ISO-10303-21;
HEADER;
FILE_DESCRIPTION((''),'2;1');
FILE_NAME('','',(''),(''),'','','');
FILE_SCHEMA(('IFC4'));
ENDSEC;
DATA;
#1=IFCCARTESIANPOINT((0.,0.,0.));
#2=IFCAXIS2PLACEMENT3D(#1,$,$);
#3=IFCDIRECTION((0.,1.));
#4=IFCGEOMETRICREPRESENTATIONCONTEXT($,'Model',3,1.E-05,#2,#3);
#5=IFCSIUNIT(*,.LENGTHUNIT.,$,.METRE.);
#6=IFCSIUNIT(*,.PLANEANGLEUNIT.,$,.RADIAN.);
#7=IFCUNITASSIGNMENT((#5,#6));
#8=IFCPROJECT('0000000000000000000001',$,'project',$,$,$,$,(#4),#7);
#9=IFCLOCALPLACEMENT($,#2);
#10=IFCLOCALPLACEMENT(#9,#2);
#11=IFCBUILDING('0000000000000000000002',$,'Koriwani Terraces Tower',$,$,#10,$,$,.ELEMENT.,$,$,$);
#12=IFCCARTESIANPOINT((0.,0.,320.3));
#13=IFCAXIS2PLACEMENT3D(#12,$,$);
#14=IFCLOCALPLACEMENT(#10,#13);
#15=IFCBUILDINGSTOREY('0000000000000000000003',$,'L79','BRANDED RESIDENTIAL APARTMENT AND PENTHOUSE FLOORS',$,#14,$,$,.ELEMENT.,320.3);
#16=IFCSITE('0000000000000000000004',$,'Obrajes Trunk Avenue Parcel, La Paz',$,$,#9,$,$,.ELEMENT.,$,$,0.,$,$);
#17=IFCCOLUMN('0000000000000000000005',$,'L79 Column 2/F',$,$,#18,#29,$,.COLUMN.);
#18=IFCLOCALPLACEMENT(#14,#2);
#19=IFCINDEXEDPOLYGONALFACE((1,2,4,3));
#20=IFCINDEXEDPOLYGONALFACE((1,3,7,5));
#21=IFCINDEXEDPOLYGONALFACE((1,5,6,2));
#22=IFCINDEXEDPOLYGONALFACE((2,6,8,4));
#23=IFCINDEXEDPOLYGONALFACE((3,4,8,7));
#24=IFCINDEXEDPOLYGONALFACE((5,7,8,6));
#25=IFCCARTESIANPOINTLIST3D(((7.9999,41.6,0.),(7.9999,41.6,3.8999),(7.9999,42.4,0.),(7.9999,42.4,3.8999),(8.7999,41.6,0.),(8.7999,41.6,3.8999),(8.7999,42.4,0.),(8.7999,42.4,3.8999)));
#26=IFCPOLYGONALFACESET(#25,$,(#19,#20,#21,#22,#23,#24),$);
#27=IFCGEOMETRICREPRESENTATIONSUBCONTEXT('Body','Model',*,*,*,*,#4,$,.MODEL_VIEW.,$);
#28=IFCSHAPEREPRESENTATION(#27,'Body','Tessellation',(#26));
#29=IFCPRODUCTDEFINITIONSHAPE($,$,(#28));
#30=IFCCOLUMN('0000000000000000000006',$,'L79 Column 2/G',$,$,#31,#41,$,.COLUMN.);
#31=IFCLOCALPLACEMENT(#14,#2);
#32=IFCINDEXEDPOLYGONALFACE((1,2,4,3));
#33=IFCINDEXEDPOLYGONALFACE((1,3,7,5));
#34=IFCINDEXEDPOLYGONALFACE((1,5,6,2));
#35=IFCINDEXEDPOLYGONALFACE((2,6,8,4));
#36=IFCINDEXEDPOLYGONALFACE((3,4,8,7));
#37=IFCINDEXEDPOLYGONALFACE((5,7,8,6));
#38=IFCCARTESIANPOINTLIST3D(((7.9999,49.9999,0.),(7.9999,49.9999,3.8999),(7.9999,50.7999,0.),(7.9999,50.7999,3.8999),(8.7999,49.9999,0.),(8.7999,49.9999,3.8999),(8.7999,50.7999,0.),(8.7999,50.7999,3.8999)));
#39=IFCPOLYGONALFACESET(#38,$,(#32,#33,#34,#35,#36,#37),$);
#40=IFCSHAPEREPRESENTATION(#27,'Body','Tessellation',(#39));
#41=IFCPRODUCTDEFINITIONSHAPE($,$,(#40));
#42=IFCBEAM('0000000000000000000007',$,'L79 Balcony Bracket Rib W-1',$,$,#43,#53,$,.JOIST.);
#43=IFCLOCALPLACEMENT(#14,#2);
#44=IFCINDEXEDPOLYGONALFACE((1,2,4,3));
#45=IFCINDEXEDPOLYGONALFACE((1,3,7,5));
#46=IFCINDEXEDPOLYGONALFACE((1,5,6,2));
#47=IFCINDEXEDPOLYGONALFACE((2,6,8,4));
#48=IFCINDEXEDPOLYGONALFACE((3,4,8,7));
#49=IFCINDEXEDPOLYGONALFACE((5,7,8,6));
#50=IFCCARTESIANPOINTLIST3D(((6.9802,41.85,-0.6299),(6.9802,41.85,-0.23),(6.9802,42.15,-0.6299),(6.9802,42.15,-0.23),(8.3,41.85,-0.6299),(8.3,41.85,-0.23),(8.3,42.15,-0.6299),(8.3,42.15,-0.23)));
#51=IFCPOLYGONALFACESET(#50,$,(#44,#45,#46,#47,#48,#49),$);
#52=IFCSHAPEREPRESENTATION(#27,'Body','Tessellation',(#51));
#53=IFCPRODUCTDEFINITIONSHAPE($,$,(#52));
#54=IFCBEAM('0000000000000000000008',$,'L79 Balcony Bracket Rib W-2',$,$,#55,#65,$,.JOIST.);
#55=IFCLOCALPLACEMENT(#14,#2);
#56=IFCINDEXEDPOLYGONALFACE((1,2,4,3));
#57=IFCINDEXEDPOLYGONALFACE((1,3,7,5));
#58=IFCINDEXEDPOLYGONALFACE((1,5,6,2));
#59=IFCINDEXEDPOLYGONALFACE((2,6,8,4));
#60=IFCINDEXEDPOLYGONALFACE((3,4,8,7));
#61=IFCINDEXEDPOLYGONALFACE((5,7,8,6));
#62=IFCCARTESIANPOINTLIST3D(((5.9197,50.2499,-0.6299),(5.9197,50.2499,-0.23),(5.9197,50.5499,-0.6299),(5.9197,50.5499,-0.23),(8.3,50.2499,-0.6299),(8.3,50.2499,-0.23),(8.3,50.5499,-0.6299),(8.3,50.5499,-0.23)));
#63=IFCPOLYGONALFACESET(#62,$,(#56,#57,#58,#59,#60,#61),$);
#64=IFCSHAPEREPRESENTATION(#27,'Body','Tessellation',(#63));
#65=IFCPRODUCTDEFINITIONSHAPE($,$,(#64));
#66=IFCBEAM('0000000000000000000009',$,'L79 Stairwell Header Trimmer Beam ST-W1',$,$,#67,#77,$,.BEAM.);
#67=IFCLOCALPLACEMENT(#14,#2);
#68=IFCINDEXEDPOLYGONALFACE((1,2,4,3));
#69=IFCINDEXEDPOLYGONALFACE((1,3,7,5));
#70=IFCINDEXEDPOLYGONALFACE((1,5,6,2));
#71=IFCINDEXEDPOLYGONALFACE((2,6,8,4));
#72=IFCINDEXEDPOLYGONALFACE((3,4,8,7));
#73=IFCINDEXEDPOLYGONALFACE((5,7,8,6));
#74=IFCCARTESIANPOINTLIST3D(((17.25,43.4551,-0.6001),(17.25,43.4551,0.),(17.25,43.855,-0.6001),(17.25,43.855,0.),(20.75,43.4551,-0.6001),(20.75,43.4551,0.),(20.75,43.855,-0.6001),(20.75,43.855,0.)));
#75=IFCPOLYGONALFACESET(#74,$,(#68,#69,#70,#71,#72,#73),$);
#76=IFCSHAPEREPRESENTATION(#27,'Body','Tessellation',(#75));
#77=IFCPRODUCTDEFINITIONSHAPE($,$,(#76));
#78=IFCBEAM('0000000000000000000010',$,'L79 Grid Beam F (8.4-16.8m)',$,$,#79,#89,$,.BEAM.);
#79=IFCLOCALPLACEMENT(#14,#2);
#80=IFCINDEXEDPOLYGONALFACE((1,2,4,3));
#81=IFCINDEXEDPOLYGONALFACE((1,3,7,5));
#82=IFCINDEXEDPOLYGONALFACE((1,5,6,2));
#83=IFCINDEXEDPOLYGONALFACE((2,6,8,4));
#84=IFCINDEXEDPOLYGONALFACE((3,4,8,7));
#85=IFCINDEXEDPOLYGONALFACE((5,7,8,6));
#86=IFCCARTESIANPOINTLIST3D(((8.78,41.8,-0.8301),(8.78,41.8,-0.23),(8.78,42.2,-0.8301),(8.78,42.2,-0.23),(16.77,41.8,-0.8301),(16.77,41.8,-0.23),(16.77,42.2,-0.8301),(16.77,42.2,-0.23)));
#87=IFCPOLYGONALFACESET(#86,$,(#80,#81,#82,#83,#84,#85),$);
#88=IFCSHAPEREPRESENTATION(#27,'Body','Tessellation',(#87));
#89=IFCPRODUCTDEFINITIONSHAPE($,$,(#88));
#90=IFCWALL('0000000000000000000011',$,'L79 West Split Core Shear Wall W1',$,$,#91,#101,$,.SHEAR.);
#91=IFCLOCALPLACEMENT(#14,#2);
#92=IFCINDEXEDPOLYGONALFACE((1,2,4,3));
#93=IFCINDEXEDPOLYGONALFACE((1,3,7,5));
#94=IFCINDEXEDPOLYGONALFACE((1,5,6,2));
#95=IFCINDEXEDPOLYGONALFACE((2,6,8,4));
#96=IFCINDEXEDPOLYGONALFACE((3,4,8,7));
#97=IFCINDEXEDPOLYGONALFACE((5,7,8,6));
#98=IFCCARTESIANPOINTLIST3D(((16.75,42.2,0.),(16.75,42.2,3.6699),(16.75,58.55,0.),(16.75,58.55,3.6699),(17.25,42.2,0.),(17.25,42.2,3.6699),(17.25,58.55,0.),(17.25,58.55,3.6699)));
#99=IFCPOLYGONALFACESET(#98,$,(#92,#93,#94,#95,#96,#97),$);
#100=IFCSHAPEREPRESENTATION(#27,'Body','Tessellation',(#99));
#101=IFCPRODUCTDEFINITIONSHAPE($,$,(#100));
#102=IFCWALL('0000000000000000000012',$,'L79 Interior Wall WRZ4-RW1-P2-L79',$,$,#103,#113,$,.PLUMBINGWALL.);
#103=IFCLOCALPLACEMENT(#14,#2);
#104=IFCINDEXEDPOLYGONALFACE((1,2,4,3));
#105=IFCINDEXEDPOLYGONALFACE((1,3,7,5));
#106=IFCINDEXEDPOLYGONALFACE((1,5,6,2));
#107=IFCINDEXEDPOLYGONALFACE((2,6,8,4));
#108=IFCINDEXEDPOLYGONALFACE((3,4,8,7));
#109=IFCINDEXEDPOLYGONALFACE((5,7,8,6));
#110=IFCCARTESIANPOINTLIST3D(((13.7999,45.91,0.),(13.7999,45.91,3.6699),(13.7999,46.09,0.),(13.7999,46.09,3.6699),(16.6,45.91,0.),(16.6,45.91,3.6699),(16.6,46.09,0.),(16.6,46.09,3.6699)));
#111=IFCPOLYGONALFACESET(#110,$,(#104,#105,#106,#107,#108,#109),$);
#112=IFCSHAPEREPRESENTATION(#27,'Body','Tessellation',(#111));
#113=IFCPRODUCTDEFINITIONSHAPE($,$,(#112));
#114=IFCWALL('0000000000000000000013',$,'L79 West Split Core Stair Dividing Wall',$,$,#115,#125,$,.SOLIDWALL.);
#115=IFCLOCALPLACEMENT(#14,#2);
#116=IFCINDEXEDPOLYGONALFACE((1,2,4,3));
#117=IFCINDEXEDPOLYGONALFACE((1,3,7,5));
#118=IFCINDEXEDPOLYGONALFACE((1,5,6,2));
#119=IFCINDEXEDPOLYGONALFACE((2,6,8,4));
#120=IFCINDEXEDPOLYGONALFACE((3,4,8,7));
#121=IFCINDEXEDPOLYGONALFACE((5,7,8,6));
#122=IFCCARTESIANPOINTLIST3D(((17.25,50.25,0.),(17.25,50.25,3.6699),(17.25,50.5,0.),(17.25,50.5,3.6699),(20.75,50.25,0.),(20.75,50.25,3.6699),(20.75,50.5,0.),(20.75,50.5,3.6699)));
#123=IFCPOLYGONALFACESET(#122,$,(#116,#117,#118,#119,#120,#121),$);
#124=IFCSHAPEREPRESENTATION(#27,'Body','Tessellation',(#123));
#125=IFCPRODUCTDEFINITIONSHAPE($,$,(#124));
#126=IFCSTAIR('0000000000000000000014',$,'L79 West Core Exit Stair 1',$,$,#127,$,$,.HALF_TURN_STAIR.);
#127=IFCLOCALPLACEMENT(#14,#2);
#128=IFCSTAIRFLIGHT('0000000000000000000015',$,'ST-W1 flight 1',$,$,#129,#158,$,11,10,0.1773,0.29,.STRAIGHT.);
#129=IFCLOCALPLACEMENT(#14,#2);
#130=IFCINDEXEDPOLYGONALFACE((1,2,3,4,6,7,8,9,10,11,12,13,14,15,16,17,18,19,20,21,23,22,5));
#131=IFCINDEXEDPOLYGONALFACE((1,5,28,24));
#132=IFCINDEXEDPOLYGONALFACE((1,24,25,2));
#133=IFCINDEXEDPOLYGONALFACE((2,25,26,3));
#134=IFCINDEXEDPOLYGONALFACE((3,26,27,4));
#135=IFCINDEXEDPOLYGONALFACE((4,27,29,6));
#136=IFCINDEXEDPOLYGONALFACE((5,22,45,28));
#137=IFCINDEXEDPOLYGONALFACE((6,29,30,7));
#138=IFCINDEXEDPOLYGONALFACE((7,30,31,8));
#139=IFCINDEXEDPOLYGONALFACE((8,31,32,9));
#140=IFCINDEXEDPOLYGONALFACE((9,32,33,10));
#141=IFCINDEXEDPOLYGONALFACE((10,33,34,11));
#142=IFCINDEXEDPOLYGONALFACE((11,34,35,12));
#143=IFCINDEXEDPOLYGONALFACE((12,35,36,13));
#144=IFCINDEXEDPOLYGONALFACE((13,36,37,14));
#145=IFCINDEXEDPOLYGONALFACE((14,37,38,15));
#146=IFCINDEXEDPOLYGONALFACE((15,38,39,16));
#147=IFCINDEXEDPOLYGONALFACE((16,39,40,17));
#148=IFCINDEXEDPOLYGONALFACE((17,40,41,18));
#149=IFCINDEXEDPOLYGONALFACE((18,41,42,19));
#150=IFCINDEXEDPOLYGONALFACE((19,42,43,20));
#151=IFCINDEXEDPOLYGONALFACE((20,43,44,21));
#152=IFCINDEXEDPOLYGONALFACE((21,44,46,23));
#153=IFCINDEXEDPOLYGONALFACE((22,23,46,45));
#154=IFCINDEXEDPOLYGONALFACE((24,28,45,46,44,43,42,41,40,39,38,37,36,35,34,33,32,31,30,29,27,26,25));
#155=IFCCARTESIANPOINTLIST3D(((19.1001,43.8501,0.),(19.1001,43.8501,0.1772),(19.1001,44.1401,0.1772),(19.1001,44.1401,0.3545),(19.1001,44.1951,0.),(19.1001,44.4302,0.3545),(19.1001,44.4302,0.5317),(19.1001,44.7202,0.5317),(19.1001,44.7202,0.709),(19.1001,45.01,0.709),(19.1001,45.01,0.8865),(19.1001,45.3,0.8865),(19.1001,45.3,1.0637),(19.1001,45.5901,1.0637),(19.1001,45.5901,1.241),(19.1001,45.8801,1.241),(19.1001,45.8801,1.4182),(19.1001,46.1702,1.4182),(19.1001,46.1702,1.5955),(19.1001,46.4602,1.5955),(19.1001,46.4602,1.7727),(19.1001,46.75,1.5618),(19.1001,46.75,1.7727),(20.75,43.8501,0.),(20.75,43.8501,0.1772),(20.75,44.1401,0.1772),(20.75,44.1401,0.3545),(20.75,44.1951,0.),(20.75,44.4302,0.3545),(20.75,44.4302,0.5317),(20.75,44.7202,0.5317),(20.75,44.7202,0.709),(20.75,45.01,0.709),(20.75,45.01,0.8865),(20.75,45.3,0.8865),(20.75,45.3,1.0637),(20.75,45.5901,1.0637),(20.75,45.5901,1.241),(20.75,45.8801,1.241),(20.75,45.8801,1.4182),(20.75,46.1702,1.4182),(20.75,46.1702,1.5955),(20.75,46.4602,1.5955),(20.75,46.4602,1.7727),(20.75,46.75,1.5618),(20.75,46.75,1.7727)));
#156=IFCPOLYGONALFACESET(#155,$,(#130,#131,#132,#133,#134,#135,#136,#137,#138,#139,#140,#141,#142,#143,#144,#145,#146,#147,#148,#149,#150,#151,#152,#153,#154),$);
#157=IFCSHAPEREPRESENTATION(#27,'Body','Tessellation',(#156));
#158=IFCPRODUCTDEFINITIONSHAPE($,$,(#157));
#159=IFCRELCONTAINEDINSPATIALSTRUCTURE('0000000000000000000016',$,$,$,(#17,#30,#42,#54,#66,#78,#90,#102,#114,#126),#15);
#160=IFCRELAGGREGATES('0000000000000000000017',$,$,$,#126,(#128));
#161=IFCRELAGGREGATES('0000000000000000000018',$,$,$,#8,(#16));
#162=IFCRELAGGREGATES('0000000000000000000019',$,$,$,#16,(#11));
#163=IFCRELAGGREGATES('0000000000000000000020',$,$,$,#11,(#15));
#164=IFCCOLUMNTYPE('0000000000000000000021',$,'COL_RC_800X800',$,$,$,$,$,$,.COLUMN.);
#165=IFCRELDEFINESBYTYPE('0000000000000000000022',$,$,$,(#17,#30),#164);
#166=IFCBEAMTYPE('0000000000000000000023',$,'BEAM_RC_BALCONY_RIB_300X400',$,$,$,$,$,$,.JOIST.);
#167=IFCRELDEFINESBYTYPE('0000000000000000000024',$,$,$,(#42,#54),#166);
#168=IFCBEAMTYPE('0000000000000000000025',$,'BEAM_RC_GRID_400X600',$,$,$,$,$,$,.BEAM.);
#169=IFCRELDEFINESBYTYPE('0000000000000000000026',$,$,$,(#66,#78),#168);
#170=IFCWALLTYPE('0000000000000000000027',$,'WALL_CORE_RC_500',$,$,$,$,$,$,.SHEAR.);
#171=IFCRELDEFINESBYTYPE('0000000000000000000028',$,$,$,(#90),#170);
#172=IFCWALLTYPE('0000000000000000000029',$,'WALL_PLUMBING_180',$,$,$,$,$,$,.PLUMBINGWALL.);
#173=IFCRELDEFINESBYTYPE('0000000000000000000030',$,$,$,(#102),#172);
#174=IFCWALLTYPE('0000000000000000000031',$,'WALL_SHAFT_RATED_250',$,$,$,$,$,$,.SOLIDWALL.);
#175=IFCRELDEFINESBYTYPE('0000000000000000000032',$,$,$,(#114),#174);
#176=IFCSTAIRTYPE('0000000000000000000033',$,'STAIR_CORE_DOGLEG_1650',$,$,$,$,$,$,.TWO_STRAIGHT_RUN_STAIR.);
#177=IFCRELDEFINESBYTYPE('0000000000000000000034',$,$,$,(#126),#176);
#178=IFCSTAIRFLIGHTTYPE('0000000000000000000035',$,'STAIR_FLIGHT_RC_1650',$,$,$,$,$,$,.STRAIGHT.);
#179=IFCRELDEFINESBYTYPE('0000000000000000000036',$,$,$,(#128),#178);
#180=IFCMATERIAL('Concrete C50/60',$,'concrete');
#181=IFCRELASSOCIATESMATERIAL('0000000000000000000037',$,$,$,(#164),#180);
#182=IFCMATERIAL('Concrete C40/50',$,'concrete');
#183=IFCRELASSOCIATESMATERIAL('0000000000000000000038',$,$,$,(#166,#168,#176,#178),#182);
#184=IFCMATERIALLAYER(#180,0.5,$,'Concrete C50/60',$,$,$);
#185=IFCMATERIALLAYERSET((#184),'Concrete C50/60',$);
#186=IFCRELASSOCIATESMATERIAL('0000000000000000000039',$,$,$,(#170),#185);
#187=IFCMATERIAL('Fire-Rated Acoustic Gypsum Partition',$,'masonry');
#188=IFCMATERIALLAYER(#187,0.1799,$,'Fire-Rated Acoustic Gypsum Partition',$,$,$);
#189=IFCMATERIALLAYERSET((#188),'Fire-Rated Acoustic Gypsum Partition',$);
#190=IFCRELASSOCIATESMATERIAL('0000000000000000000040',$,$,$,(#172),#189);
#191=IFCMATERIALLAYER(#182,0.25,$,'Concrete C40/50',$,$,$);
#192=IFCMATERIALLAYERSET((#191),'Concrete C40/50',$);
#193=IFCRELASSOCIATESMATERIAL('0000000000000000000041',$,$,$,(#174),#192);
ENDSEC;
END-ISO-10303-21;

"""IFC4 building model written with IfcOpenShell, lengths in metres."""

from ifc_helpers import new_model, si_unit, direction, frame, frame_2d, origin, origin_2d, place, context, subcontext, project, spatial, polyline, rectangle, outline, extrude, material, layer, layer_set, material_profile, profile_set, type_object, element, aggregate, save


model = new_model("IFC4")

# Units and contexts
model_context = context("Model", 3, precision=1e-05, world=origin(), true_north=direction((0.0, 1.0)))
body_context = subcontext(model_context, "Body", "Model", "MODEL_VIEW")
ifc_project = project(units=[si_unit("LENGTHUNIT", "METRE"), si_unit("PLANEANGLEUNIT", "RADIAN")], contexts=[model_context])

# Site, building, storey
site_placement = place(None, origin())
site = spatial("IfcSite", under=ifc_project, at=site_placement, Name="Obrajes Trunk Avenue Parcel, La Paz", CompositionType="ELEMENT", RefElevation=0.0)
building_placement = place(site_placement, origin())
building = spatial("IfcBuilding", under=site, at=building_placement, Name="Koriwani Terraces Tower", CompositionType="ELEMENT")
storey_placement = place(building_placement, frame((0.0, 0.0, 320.3)))
storey = spatial("IfcBuildingStorey", under=building, at=storey_placement, Name="L79", Description="BRANDED RESIDENTIAL APARTMENT AND PENTHOUSE FLOORS", CompositionType="ELEMENT", Elevation=320.3)

# Columns
ifc_material_1 = material(Name="Concrete C50/60", Category="concrete")
ifc_material_profile_1 = material_profile(ifc_material_1, rectangle(XDim=0.8, YDim=0.8, at=origin_2d()), Name="Concrete C50/60", Category="LoadBearing")
ifc_profile_set_1 = profile_set([ifc_material_profile_1], Name="Concrete C50/60")
column_type = type_object("IfcColumnType", Name="COL_RC_800X800", PredefinedType="COLUMN", material=ifc_profile_set_1)
for number, where, z_axis, x_axis, name in (
    (1, (8.3999, 42.0, 0.0), (0.0, 0.0, 1.0), (1.0, 0.0, 0.0), "L79 Column 2/F"),
    (2, (8.3999, 50.3999, 0.0), (0.0, 0.0, 1.0), (1.0, 0.0, 0.0), "L79 Column 2/G"),
):
    element("IfcColumn", number, at=place(storey_placement, frame(where, z_axis=z_axis, x_axis=x_axis)), inside=storey, type_object=column_type, Name=name, PredefinedType="COLUMN", context=body_context, shape_type="SweptSolid", body=[
        extrude(rectangle(XDim=0.8, YDim=0.8, at=origin_2d()), origin(), (0.0, 0.0, 1.0), 3.8999),
    ])

# Beams
ifc_material_2 = material(Name="Concrete C40/50", Category="concrete")
ifc_material_profile_2 = material_profile(ifc_material_2, rectangle(XDim=0.3, YDim=0.3999, at=origin_2d()), Name="Concrete C40/50", Category="LoadBearing")
ifc_profile_set_2 = profile_set([ifc_material_profile_2], Name="Concrete C40/50")
beam_type_1 = type_object("IfcBeamType", Name="BEAM_RC_BALCONY_RIB_300X400", PredefinedType="JOIST", material=ifc_profile_set_2)
beam_1_placement = place(storey_placement, frame((6.9802, 42.0, -0.4299), z_axis=(1.0, 0.0, 0.0), x_axis=(0.0, 1.0, 0.0)))
element("IfcBeam", 3, at=beam_1_placement, inside=storey, type_object=beam_type_1, Name="L79 Balcony Bracket Rib W-1", PredefinedType="JOIST", context=body_context, shape_type="SweptSolid", body=[
    extrude(rectangle(XDim=0.3, YDim=0.3999, at=origin_2d()), origin(), (0.0, 0.0, 1.0), 1.3198),
])
beam_2_placement = place(storey_placement, frame((5.9197, 50.3999, -0.4299), z_axis=(1.0, 0.0, 0.0), x_axis=(0.0, 1.0, 0.0)))
element("IfcBeam", 4, at=beam_2_placement, inside=storey, type_object=beam_type_1, Name="L79 Balcony Bracket Rib W-2", PredefinedType="JOIST", context=body_context, shape_type="SweptSolid", body=[
    extrude(rectangle(XDim=0.3, YDim=0.3999, at=origin_2d()), origin(), (0.0, 0.0, 1.0), 2.3804),
])
ifc_material_profile_3 = material_profile(ifc_material_2, rectangle(XDim=0.3999, YDim=0.6001, at=origin_2d()), Name="Concrete C40/50", Category="LoadBearing")
ifc_profile_set_3 = profile_set([ifc_material_profile_3], Name="Concrete C40/50")
beam_type_2 = type_object("IfcBeamType", Name="BEAM_RC_GRID_400X600", PredefinedType="BEAM", material=ifc_profile_set_3)
beam_3_placement = place(storey_placement, frame((17.25, 43.655, -0.3), z_axis=(1.0, 0.0, 0.0), x_axis=(0.0, 1.0, 0.0)))
element("IfcBeam", 5, at=beam_3_placement, inside=storey, type_object=beam_type_2, Name="L79 Stairwell Header Trimmer Beam ST-W1", PredefinedType="BEAM", context=body_context, shape_type="SweptSolid", body=[
    extrude(rectangle(XDim=0.3999, YDim=0.6001, at=origin_2d()), origin(), (0.0, 0.0, 1.0), 3.5),
])
beam_4_placement = place(storey_placement, frame((8.78, 42.0, -0.53), z_axis=(1.0, 0.0, 0.0), x_axis=(0.0, 1.0, 0.0)))
element("IfcBeam", 6, at=beam_4_placement, inside=storey, type_object=beam_type_2, Name="L79 Grid Beam F (8.4-16.8m)", PredefinedType="BEAM", context=body_context, shape_type="SweptSolid", body=[
    extrude(rectangle(XDim=0.3999, YDim=0.6001, at=origin_2d()), origin(), (0.0, 0.0, 1.0), 7.99),
])

# Walls
ifc_layer_1 = layer(ifc_material_1, 0.5, Name="Concrete C50/60")
ifc_layer_set_1 = layer_set([ifc_layer_1], Name="Concrete C50/60")
wall_type_1 = type_object("IfcWallType", Name="WALL_CORE_RC_500", PredefinedType="SHEAR", material=ifc_layer_set_1)
wall_1_placement = place(storey_placement, frame((17.0, 42.2, 0.0), z_axis=(0.0, 0.0, 1.0), x_axis=(0.0, 1.0, 0.0)))
element("IfcWall", 7, at=wall_1_placement, inside=storey, type_object=wall_type_1, Name="L79 West Split Core Shear Wall W1", PredefinedType="SHEAR", context=body_context, shape_type="SweptSolid", body=[
    extrude(rectangle(XDim=16.3501, YDim=0.5, at=frame_2d((8.175, 0.0))), origin(), (0.0, 0.0, 1.0), 3.6699),
])
ifc_material_3 = material(Name="Fire-Rated Acoustic Gypsum Partition", Category="masonry")
ifc_layer_2 = layer(ifc_material_3, 0.1799, Name="Fire-Rated Acoustic Gypsum Partition")
ifc_layer_set_2 = layer_set([ifc_layer_2], Name="Fire-Rated Acoustic Gypsum Partition")
wall_type_2 = type_object("IfcWallType", Name="WALL_PLUMBING_180", PredefinedType="PLUMBINGWALL", material=ifc_layer_set_2)
wall_2_placement = place(storey_placement, frame((13.8, 46.0, 0.0), z_axis=(0.0, 0.0, 1.0), x_axis=(1.0, 0.0, 0.0)))
element("IfcWall", 8, at=wall_2_placement, inside=storey, type_object=wall_type_2, Name="L79 Interior Wall WRZ4-RW1-P2-L79", PredefinedType="PLUMBINGWALL", context=body_context, shape_type="SweptSolid", body=[
    extrude(rectangle(XDim=2.8, YDim=0.1799, at=frame_2d((1.3999, 0.0))), origin(), (0.0, 0.0, 1.0), 3.6699),
])
ifc_layer_3 = layer(ifc_material_2, 0.25, Name="Concrete C40/50")
ifc_layer_set_3 = layer_set([ifc_layer_3], Name="Concrete C40/50")
wall_type_3 = type_object("IfcWallType", Name="WALL_SHAFT_RATED_250", PredefinedType="SOLIDWALL", material=ifc_layer_set_3)
wall_3_placement = place(storey_placement, frame((17.25, 50.375, 0.0), z_axis=(0.0, 0.0, 1.0), x_axis=(1.0, 0.0, 0.0)))
element("IfcWall", 9, at=wall_3_placement, inside=storey, type_object=wall_type_3, Name="L79 West Split Core Stair Dividing Wall", PredefinedType="SOLIDWALL", context=body_context, shape_type="SweptSolid", body=[
    extrude(rectangle(XDim=3.5, YDim=0.25, at=frame_2d((1.75, 0.0))), origin(), (0.0, 0.0, 1.0), 3.6699),
])

# Stair, stair flight
stair_type = type_object("IfcStairType", Name="STAIR_CORE_DOGLEG_1650", PredefinedType="TWO_STRAIGHT_RUN_STAIR", material=ifc_material_2)
stair_placement = place(storey_placement, origin())
stair = element("IfcStair", 10, at=stair_placement, inside=storey, type_object=stair_type, Name="L79 West Core Exit Stair 1", PredefinedType="HALF_TURN_STAIR")
stair_flight_type = type_object("IfcStairFlightType", Name="STAIR_FLIGHT_RC_1650", PredefinedType="STRAIGHT", material=ifc_material_2)
stair_flight_1_placement = place(storey_placement, frame((19.925, 43.8501, 0.0), z_axis=(0.0, 0.0, 1.0), x_axis=(0.0, 1.0, 0.0)))
stair_flight_1 = element("IfcStairFlight", 11, at=stair_flight_1_placement, type_object=stair_flight_type, Name="ST-W1 flight 1", NumberOfRisers=11, NumberOfTreads=10, PredefinedType="STRAIGHT", RiserHeight=0.1773, TreadLength=0.29, context=body_context, shape_type="SweptSolid", body=[
    extrude(outline(polyline([(0.0, 0.0), (0.0, 0.1772), (0.29, 0.1772), (0.29, 0.3545), (0.5801, 0.3545), (0.5801, 0.5317), (0.8701, 0.5317), (0.8701, 0.709), (1.1599, 0.709), (1.1599, 0.8865), (1.45, 0.8865), (1.45, 1.0637), (1.74, 1.0637), (1.74, 1.241), (2.03, 1.241), (2.03, 1.4182), (2.3201, 1.4182), (2.3201, 1.5955), (2.6101, 1.5955), (2.6101, 1.7727), (2.8999, 1.7727), (2.8999, 1.95), (2.8999, 1.5618), (0.345, 0.0), (0.0, 0.0)])), frame((0.0, 0.825, 0.0), z_axis=(0.0, -1.0, 0.0), x_axis=(1.0, 0.0, 0.0)), (0.0, 0.0, 1.0), 1.6499),
])
aggregate(stair, [stair_flight_1])

save(model, "model.ifc")
